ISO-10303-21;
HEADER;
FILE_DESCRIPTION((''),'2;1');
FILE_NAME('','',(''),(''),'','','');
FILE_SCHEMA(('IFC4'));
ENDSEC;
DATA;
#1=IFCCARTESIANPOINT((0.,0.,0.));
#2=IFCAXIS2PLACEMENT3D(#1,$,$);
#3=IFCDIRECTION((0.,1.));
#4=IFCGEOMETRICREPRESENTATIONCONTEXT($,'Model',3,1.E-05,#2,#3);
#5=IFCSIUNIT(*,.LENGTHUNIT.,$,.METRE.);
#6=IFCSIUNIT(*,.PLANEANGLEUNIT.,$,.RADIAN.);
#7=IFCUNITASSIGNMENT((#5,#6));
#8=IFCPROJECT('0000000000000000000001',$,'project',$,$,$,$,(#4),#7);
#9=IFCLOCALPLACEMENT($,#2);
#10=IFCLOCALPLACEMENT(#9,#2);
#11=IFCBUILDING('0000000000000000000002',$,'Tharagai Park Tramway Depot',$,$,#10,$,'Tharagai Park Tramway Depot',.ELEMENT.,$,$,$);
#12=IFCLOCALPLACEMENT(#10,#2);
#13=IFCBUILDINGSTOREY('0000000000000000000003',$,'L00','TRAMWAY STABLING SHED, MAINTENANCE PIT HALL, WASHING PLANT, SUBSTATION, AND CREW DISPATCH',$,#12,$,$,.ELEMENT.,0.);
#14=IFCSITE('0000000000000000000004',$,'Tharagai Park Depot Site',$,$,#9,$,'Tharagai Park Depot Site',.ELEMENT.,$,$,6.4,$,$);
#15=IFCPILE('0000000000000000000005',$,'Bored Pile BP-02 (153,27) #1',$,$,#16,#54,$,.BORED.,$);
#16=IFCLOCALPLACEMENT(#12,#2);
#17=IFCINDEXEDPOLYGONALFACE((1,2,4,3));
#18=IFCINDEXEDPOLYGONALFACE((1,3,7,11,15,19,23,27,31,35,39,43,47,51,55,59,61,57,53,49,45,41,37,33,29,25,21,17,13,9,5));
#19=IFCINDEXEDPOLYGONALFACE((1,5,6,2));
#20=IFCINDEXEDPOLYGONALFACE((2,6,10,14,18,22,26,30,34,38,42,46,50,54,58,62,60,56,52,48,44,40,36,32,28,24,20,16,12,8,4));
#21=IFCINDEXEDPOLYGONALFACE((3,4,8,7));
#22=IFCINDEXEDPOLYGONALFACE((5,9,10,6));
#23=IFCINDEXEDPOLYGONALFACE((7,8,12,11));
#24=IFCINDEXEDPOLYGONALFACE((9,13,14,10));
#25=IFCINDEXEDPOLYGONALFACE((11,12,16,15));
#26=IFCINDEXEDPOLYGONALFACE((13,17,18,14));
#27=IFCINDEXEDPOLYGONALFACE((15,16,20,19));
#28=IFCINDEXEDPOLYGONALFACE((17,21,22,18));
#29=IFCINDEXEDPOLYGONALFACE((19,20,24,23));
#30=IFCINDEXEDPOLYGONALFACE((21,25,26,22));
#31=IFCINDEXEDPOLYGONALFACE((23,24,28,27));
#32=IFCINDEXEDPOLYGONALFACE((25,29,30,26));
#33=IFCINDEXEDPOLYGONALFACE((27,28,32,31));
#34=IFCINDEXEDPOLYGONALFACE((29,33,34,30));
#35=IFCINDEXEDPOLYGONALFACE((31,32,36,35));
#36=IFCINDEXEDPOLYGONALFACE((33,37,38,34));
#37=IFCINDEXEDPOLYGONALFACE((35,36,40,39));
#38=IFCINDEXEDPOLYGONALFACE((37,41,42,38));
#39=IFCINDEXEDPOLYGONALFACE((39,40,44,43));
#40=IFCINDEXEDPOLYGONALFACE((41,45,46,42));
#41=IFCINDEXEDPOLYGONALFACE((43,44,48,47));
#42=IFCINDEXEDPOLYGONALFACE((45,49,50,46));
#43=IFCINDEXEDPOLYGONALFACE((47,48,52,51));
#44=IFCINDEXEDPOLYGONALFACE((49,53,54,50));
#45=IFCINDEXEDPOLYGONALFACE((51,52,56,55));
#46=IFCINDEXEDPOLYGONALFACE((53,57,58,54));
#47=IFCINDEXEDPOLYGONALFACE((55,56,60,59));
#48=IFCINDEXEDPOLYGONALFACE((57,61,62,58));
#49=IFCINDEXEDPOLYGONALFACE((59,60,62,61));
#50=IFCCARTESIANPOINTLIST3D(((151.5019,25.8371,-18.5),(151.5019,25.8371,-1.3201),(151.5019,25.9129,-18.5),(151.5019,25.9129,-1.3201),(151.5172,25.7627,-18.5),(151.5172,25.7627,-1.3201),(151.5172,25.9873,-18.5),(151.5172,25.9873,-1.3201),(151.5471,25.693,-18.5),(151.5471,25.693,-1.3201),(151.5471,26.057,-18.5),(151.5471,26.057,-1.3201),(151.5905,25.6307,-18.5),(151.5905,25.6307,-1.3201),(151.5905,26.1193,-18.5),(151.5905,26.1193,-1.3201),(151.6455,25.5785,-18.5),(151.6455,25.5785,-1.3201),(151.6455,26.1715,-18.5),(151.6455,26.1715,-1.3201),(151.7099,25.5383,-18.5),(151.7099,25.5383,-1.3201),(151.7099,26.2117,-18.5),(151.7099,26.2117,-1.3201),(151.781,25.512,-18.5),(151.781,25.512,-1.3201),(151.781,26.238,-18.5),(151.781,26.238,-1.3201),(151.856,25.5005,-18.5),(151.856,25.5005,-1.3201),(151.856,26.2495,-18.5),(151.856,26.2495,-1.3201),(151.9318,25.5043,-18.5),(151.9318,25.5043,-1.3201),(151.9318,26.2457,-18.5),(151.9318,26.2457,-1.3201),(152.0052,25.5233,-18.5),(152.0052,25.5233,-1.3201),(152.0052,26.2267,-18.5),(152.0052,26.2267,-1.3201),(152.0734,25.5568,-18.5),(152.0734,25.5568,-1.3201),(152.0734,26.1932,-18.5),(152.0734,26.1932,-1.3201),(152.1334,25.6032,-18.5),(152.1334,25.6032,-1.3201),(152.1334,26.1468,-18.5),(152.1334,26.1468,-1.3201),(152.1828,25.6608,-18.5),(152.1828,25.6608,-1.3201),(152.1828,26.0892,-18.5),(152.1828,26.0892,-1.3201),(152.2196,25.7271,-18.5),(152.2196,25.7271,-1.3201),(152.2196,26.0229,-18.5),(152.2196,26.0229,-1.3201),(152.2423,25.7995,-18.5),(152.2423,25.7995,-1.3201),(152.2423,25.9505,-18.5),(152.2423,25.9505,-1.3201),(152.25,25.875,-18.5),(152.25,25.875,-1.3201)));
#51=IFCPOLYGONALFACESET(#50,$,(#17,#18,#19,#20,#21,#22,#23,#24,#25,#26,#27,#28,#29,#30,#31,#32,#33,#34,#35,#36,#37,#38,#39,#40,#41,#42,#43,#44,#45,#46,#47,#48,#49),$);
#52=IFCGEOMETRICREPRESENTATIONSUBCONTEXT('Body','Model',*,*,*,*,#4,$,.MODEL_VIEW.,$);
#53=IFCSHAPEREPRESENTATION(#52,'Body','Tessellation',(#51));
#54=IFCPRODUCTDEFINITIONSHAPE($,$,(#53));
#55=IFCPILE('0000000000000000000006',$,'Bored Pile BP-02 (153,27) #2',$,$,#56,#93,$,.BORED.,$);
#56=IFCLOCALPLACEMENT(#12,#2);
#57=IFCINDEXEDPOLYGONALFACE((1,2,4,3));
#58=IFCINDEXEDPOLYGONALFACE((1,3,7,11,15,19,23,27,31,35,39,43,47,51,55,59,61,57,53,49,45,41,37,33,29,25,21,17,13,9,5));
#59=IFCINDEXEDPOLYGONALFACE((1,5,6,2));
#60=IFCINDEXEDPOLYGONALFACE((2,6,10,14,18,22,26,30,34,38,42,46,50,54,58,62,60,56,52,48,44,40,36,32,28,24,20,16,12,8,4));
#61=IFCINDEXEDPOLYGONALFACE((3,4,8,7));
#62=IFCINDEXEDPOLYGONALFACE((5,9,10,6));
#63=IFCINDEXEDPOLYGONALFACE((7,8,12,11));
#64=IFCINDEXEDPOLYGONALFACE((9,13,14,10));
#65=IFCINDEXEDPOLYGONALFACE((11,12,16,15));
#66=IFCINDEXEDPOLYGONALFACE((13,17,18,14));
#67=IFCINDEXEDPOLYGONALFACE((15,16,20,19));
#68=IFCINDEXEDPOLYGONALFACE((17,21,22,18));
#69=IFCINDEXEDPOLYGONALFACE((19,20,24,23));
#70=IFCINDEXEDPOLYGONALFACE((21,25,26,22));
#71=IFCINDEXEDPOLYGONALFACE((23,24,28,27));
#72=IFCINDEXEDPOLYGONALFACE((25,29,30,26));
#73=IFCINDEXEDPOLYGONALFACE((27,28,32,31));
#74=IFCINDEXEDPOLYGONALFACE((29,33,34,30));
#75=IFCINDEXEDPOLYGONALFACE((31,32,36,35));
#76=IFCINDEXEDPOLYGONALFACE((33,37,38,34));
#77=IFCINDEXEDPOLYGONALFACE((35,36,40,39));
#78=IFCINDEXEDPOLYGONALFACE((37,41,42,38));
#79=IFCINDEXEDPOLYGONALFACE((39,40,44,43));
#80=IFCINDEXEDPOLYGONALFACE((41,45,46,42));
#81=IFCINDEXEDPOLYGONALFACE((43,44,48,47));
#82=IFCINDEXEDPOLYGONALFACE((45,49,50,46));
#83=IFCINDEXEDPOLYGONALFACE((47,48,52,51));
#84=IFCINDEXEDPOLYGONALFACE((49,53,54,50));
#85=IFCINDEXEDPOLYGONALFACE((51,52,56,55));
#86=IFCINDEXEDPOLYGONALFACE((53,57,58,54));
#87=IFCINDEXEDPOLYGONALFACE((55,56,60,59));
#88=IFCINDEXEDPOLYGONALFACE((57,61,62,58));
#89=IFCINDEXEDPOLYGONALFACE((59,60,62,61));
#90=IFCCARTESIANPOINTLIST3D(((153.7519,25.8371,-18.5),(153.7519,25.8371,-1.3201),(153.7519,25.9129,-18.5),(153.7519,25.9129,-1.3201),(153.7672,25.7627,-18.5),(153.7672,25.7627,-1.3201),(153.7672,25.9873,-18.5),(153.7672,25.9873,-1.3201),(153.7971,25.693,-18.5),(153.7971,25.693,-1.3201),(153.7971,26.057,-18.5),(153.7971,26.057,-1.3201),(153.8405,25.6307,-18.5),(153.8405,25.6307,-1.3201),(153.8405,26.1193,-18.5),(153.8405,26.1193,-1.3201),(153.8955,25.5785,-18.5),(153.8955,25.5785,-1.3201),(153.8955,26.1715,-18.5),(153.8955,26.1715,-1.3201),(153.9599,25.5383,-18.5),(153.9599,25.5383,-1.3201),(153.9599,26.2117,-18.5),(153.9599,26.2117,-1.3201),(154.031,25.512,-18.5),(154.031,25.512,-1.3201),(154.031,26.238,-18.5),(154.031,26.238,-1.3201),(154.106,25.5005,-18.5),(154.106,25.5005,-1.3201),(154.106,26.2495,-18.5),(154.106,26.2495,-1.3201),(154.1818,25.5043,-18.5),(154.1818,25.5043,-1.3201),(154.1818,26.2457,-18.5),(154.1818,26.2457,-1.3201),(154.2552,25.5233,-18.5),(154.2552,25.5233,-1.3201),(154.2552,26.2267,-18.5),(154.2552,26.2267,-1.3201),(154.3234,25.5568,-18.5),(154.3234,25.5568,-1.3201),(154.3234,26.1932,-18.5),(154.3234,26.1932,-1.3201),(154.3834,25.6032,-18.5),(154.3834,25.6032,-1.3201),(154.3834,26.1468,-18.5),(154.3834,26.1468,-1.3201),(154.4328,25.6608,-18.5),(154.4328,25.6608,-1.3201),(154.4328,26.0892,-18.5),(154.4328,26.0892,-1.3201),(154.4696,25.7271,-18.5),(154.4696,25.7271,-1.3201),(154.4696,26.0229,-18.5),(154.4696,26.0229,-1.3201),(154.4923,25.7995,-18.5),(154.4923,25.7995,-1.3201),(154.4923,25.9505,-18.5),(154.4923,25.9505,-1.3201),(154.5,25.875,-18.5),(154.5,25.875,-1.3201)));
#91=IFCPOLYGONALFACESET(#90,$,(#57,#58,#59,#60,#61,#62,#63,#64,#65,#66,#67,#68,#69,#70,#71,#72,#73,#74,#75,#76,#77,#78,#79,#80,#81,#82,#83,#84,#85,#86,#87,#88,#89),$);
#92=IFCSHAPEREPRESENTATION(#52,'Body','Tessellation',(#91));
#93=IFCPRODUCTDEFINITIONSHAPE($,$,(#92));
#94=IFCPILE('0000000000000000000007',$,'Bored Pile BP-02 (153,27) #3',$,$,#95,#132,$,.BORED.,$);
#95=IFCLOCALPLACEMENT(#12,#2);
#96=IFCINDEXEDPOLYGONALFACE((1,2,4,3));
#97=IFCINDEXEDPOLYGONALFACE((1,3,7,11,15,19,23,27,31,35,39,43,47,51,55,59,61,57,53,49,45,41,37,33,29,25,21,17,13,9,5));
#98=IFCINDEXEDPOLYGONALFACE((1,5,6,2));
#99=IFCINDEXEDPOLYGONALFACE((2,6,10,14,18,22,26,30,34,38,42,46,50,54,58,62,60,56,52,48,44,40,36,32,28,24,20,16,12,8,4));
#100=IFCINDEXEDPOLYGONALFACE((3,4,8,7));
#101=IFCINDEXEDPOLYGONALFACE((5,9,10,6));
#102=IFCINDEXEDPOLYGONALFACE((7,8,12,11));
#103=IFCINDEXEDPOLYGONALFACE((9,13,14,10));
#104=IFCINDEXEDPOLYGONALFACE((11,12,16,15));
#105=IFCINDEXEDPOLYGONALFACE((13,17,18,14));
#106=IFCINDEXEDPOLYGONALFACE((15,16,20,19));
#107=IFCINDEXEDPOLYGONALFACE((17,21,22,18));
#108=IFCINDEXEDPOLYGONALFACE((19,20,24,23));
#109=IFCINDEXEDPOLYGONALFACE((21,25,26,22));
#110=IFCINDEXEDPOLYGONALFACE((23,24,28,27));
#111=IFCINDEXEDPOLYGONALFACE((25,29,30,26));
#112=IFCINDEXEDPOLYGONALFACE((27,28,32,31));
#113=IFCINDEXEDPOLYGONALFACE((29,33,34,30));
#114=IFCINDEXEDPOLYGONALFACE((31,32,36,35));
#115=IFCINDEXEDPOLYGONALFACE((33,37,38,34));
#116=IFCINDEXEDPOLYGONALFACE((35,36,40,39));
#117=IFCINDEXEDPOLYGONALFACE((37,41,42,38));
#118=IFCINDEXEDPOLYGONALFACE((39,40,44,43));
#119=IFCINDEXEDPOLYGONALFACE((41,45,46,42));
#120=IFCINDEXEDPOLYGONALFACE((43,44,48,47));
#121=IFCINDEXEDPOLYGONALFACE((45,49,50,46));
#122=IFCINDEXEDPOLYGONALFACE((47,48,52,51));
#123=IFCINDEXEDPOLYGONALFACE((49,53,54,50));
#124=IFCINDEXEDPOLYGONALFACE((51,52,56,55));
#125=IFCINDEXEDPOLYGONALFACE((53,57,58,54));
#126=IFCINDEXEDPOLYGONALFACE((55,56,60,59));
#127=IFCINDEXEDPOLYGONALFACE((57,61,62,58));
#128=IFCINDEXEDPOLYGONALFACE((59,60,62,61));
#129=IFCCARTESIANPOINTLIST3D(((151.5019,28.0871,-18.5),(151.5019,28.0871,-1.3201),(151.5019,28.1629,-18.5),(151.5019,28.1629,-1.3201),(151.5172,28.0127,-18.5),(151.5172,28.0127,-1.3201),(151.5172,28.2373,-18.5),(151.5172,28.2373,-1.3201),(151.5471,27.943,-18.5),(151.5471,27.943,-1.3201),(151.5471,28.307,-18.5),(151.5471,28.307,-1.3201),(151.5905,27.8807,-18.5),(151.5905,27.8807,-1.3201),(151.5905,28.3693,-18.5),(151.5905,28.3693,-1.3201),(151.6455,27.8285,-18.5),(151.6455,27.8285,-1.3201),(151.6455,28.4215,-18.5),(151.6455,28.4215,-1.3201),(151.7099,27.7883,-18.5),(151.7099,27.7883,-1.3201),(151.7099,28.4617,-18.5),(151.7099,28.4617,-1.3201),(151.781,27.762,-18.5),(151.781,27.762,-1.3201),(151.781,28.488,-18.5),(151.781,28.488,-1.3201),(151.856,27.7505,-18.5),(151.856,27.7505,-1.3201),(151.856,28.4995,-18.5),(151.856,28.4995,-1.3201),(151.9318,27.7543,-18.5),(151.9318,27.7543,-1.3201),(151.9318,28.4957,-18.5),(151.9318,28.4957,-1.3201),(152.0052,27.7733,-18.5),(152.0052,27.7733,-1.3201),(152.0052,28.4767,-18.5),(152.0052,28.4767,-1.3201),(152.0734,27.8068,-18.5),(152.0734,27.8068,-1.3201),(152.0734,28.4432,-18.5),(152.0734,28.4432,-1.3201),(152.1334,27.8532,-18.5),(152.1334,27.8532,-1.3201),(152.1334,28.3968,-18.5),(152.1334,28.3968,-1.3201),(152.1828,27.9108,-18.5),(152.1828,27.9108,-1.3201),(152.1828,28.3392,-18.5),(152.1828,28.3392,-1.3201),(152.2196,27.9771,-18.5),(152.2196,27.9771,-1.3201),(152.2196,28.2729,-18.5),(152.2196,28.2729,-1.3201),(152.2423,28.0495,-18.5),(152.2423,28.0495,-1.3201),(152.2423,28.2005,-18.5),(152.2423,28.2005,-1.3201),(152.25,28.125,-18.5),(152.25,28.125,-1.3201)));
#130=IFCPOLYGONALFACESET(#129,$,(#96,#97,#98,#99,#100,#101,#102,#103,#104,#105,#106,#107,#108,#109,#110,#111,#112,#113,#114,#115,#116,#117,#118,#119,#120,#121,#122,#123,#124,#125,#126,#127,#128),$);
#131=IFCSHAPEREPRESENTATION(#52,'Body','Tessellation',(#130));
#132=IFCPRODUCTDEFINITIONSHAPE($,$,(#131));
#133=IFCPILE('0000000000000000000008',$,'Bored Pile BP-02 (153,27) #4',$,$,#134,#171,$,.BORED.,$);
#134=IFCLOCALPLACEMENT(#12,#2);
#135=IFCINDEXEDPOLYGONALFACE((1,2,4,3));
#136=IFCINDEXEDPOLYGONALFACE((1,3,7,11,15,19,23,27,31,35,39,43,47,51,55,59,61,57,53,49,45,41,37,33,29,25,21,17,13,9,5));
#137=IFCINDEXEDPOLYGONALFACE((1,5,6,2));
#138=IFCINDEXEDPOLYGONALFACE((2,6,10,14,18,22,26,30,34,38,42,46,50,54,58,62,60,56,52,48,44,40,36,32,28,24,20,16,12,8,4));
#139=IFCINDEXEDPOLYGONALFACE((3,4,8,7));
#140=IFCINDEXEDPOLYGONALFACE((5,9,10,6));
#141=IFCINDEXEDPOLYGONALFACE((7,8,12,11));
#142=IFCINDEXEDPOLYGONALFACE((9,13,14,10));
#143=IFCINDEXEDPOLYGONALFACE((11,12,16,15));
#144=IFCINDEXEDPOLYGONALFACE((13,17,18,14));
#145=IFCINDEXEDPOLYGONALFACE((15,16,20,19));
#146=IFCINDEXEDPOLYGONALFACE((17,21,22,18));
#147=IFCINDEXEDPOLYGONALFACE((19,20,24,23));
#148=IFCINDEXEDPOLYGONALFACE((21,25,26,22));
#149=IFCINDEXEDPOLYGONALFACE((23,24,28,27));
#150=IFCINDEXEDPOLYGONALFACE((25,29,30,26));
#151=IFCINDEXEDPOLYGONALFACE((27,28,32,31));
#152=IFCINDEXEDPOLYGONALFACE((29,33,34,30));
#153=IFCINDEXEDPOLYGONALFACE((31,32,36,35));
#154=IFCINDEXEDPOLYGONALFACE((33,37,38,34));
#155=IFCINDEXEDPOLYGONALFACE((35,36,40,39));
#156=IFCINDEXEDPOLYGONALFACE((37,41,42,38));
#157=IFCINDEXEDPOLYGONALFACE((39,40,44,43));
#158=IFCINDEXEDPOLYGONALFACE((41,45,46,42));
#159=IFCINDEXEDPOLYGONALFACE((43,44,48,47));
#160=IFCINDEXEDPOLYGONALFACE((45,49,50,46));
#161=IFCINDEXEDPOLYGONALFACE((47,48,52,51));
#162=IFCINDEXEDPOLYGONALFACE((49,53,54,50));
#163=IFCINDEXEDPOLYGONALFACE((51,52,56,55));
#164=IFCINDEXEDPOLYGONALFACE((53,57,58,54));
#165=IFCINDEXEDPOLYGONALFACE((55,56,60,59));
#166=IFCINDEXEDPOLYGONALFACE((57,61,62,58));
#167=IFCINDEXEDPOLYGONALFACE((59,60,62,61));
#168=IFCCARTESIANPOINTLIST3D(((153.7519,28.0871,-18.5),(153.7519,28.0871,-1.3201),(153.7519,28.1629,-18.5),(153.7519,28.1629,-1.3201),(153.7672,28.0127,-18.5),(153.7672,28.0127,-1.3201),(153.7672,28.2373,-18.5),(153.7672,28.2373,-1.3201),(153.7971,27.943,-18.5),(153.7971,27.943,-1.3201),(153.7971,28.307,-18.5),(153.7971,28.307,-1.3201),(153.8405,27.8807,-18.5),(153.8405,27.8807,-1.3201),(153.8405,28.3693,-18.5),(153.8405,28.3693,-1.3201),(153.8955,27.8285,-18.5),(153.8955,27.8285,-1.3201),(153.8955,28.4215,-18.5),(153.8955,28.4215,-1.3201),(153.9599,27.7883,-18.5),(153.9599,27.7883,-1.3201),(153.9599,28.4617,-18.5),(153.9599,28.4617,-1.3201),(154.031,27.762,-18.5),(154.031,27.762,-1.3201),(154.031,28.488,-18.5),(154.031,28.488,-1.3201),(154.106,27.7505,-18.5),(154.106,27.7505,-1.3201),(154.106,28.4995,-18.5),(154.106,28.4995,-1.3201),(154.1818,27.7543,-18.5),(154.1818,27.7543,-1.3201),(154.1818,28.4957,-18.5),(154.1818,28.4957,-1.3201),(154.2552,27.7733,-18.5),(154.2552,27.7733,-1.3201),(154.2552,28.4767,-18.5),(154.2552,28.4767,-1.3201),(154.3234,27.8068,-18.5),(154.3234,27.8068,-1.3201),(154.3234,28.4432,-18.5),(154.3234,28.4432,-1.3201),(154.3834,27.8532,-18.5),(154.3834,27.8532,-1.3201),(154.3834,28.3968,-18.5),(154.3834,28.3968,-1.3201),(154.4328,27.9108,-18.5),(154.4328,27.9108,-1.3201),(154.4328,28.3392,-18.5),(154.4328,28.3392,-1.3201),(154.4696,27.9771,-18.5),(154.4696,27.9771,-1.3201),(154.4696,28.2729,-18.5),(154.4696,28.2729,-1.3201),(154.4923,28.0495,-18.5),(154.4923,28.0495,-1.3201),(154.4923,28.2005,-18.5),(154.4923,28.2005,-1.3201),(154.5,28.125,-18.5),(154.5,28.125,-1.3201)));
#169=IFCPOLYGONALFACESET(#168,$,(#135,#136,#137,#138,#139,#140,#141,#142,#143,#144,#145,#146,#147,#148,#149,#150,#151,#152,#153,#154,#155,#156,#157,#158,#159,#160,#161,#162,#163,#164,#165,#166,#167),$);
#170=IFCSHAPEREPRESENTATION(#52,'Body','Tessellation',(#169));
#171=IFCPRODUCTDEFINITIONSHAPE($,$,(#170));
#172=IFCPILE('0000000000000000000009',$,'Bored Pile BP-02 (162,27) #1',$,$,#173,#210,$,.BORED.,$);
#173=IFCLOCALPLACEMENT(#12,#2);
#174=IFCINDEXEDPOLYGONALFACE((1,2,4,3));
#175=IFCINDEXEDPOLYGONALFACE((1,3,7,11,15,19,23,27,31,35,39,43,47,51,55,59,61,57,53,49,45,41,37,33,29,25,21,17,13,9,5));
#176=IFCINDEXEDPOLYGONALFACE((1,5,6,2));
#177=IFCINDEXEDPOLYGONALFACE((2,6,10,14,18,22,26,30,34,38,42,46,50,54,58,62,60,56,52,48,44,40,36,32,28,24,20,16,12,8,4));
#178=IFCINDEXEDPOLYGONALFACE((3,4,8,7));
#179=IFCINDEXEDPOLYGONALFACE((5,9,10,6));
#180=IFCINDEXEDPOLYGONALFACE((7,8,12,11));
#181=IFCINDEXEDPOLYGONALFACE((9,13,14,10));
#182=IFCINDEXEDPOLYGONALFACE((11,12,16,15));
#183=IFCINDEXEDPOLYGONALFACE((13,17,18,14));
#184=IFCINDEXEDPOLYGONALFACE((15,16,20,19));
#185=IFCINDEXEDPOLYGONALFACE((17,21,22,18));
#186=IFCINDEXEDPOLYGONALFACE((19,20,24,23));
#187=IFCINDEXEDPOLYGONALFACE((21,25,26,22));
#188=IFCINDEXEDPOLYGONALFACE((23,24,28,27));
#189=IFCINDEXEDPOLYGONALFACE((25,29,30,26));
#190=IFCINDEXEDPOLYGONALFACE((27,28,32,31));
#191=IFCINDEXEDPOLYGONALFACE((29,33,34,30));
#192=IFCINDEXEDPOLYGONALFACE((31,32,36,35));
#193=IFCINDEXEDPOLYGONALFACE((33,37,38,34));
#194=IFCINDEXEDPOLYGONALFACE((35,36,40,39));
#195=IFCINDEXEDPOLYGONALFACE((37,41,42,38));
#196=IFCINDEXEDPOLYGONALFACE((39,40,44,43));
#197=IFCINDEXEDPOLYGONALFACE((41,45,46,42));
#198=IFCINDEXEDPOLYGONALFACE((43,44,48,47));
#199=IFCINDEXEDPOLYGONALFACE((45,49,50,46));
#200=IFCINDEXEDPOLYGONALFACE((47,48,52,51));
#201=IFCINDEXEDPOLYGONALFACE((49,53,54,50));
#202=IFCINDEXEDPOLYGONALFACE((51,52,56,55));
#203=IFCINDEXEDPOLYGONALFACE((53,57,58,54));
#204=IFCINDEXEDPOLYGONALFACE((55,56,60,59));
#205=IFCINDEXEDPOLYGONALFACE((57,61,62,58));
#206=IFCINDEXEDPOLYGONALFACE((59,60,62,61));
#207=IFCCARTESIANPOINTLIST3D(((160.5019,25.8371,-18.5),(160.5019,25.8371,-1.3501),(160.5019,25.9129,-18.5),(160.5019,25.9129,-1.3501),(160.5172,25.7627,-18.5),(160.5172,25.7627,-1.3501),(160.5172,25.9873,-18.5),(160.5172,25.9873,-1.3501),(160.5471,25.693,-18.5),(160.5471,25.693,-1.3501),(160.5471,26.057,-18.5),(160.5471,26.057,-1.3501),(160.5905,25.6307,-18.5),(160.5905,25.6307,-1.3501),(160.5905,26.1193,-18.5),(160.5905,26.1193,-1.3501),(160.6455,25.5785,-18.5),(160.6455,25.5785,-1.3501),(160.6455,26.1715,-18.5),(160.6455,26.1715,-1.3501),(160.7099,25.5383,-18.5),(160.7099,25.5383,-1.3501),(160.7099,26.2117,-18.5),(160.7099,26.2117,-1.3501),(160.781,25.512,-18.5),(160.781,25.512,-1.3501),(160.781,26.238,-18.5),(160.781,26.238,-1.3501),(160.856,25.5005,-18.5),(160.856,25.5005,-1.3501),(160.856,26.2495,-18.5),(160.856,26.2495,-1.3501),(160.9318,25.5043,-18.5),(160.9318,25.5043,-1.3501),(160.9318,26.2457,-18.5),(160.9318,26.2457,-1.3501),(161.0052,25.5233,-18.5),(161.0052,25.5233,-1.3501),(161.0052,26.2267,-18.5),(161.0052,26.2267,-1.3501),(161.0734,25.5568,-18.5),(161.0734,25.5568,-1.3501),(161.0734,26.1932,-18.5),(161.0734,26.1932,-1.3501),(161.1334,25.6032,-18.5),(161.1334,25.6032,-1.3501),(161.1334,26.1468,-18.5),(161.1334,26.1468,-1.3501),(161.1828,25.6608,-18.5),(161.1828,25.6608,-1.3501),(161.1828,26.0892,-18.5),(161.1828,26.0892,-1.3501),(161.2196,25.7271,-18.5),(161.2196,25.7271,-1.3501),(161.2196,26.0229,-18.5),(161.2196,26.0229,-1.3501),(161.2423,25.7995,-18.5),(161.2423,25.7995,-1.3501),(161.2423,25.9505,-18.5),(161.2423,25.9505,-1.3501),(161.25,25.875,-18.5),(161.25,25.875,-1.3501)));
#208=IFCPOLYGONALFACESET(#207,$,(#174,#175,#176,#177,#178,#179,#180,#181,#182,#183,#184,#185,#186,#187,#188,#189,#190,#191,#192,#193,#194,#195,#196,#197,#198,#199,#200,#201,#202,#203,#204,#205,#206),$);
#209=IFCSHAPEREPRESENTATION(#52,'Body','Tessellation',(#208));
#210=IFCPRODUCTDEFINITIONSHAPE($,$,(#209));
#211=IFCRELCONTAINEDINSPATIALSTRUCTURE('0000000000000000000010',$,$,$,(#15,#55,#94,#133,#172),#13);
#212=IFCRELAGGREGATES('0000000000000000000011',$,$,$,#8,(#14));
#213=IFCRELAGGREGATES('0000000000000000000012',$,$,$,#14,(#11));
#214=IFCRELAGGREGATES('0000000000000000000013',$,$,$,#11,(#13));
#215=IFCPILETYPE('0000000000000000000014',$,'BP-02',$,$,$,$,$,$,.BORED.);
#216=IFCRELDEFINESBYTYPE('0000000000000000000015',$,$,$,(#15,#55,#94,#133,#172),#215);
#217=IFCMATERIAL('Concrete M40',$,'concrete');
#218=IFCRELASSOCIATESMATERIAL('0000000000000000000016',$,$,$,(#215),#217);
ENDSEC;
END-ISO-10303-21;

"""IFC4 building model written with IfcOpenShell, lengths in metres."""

from ifc_helpers import new_model, si_unit, direction, frame, origin, origin_2d, place, context, subcontext, project, spatial, circle, extrude, material, material_profile, profile_set, type_object, element, save


model = new_model("IFC4")

# Units and contexts
model_context = context("Model", 3, precision=1e-05, world=origin(), true_north=direction((0.0, 1.0)))
body_context = subcontext(model_context, "Body", "Model", "MODEL_VIEW")
ifc_project = project(units=[si_unit("LENGTHUNIT", "METRE"), si_unit("PLANEANGLEUNIT", "RADIAN")], contexts=[model_context])

# Site, building, storey
site_placement = place(None, origin())
site = spatial("IfcSite", under=ifc_project, at=site_placement, Name="Tharagai Park Depot Site", LongName="Tharagai Park Depot Site", CompositionType="ELEMENT", RefElevation=6.4)
building_placement = place(site_placement, origin())
building = spatial("IfcBuilding", under=site, at=building_placement, Name="Tharagai Park Tramway Depot", LongName="Tharagai Park Tramway Depot", CompositionType="ELEMENT")
storey_placement = place(building_placement, origin())
storey = spatial("IfcBuildingStorey", under=building, at=storey_placement, Name="L00", Description="TRAMWAY STABLING SHED, MAINTENANCE PIT HALL, WASHING PLANT, SUBSTATION, AND CREW DISPATCH", CompositionType="ELEMENT", Elevation=0.0)

# Piles
ifc_material_1 = material(Name="Concrete M40", Category="concrete")
ifc_material_profile_1 = material_profile(ifc_material_1, circle(Radius=0.375, at=origin_2d()), Name="PILE D750")
ifc_profile_set_1 = profile_set([ifc_material_profile_1], Name="Concrete M40")
pile_type_1 = type_object("IfcPileType", Name="BP-02", PredefinedType="BORED", material=ifc_profile_set_1)
for number, where, z_axis, x_axis, name in (
    (1, (151.875, 25.875, -1.3201), (0.0, 0.0, -1.0), (1.0, 0.0, 0.0), "Bored Pile BP-02 (153,27) #1"),
    (2, (154.125, 25.875, -1.3201), (0.0, 0.0, -1.0), (1.0, 0.0, 0.0), "Bored Pile BP-02 (153,27) #2"),
    (3, (151.875, 28.125, -1.3201), (0.0, 0.0, -1.0), (1.0, 0.0, 0.0), "Bored Pile BP-02 (153,27) #3"),
    (4, (154.125, 28.125, -1.3201), (0.0, 0.0, -1.0), (1.0, 0.0, 0.0), "Bored Pile BP-02 (153,27) #4"),
):
    element("IfcPile", number, at=place(storey_placement, frame(where, z_axis=z_axis, x_axis=x_axis)), inside=storey, type_object=pile_type_1, Name=name, PredefinedType="BORED", context=body_context, shape_type="SweptSolid", body=[
        extrude(circle(Radius=0.375, at=origin_2d()), origin(), (0.0, 0.0, 1.0), 17.1799),
    ])
for number, where, z_axis, x_axis, name in (
    (5, (160.875, 25.875, -1.3501), (0.0, 0.0, -1.0), (1.0, 0.0, 0.0), "Bored Pile BP-02 (162,27) #1"),
):
    element("IfcPile", number, at=place(storey_placement, frame(where, z_axis=z_axis, x_axis=x_axis)), inside=storey, type_object=pile_type_1, Name=name, PredefinedType="BORED", context=body_context, shape_type="SweptSolid", body=[
        extrude(circle(Radius=0.375, at=origin_2d()), origin(), (0.0, 0.0, 1.0), 17.1499),
    ])

save(model, "model.ifc")
